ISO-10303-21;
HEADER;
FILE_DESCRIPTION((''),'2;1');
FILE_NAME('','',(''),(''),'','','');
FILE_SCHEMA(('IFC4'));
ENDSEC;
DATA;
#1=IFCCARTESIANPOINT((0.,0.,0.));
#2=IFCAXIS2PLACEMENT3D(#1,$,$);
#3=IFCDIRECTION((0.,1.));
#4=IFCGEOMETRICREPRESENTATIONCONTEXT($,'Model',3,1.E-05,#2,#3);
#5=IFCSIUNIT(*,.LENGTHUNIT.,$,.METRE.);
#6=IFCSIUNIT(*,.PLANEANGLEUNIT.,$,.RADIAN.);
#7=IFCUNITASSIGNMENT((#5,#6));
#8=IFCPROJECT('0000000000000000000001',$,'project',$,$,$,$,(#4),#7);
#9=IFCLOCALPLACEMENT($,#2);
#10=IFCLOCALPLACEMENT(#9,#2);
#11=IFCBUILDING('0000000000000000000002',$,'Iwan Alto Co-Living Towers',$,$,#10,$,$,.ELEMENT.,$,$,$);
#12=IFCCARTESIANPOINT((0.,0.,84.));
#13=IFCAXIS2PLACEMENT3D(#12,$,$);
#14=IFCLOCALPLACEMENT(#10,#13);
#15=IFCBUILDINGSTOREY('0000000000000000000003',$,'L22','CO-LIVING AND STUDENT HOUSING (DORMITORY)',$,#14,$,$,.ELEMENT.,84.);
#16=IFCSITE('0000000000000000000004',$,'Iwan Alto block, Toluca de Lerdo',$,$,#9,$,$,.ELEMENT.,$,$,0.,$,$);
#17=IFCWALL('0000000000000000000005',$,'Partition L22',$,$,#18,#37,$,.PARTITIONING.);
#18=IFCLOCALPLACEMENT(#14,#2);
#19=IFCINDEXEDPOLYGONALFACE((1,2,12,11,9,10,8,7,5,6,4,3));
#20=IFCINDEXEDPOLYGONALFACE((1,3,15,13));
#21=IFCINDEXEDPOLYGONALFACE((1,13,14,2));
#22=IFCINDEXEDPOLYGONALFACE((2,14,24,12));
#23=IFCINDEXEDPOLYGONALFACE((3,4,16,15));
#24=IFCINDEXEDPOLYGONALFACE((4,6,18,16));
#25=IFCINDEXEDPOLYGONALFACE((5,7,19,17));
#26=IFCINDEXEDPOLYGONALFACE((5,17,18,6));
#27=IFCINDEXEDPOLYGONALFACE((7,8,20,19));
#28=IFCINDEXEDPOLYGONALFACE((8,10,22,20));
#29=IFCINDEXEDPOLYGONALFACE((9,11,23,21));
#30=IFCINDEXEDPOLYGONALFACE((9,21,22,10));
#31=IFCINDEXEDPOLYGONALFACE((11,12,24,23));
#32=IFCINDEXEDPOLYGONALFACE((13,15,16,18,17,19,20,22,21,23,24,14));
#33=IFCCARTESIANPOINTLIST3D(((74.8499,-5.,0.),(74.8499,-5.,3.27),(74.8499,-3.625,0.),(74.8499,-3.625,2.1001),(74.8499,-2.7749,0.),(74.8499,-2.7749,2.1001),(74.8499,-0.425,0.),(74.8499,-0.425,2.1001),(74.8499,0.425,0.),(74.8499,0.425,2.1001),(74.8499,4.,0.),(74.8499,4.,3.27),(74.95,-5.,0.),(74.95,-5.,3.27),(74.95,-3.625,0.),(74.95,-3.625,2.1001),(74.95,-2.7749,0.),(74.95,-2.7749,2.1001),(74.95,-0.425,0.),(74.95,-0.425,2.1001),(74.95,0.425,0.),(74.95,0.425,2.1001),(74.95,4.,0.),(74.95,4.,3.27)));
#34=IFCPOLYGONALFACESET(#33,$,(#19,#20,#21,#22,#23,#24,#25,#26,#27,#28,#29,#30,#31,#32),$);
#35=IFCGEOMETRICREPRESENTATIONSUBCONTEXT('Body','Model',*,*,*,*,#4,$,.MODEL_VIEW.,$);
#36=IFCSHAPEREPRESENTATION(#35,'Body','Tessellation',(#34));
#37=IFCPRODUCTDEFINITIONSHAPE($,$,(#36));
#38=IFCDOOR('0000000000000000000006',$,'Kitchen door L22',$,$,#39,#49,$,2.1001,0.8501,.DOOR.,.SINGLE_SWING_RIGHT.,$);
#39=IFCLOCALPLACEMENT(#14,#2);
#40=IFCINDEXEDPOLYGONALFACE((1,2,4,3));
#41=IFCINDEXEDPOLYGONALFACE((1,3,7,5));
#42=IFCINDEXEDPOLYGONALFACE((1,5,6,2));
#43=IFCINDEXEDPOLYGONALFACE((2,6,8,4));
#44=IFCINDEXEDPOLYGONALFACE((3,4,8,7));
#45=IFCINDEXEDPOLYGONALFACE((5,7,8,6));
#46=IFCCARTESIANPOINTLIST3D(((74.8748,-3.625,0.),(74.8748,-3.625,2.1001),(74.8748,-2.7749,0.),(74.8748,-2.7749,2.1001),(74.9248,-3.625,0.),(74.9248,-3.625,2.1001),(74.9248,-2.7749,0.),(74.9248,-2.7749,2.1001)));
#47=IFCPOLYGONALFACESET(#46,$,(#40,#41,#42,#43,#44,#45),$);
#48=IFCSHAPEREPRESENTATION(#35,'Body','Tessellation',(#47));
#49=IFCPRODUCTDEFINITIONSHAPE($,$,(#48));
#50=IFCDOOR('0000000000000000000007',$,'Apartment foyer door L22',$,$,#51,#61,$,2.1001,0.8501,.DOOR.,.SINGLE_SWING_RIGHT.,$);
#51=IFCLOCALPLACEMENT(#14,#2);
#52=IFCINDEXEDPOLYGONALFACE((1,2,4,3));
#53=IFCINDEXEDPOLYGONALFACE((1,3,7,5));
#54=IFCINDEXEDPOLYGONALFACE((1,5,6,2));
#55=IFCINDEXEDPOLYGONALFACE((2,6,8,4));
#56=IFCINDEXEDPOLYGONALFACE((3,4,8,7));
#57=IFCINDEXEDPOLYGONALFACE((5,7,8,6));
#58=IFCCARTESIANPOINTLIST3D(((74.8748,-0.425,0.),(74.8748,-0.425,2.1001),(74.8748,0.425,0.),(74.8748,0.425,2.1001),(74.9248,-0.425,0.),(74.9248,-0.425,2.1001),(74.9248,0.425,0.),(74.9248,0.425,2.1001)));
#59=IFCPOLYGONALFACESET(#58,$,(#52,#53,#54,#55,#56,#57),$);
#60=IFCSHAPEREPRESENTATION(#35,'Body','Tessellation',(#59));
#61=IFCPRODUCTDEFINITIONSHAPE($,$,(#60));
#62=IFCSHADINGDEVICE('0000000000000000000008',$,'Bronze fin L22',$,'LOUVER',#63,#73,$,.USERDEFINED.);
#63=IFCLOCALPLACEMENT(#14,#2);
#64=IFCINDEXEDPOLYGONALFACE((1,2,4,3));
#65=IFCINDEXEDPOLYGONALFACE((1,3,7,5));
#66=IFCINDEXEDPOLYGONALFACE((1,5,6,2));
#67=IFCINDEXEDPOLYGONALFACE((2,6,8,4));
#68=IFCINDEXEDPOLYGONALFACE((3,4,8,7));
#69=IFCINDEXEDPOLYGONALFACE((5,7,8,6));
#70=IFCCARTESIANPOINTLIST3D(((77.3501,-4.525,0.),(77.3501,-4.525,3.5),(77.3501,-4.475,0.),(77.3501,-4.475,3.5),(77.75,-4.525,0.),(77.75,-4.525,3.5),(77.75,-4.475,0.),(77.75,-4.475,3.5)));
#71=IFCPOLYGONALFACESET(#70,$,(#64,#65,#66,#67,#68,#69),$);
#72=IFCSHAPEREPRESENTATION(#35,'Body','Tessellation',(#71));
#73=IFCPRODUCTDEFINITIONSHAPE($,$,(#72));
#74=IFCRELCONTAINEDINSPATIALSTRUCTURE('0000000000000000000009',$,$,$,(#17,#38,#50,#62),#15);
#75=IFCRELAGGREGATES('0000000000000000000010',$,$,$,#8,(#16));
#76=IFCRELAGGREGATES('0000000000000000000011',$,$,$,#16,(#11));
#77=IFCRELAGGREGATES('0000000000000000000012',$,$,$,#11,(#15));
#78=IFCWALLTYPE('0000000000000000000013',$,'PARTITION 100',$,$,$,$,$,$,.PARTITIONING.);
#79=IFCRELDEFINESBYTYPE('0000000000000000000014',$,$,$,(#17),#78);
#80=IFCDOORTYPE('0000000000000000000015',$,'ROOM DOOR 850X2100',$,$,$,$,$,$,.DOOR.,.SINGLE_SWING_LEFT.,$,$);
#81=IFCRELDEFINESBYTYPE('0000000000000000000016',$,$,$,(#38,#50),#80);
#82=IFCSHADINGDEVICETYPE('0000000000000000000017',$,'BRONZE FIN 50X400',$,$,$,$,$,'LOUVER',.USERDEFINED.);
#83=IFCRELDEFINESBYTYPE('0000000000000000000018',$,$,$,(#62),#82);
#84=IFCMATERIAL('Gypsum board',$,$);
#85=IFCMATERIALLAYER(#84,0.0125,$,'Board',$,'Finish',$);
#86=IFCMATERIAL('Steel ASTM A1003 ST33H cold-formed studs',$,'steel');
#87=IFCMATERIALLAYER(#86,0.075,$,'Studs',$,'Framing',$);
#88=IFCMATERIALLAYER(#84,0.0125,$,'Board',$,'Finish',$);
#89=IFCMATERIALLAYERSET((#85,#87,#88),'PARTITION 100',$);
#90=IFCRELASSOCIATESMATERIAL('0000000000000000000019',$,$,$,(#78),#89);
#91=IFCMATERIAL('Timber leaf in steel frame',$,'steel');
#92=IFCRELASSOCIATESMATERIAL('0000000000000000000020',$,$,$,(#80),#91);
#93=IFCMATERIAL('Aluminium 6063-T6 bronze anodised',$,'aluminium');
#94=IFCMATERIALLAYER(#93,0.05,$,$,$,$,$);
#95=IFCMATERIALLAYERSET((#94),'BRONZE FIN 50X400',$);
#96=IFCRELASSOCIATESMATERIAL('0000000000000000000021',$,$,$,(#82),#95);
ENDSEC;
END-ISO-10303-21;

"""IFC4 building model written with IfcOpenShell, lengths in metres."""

from ifc_helpers import new_model, si_unit, direction, frame, frame_2d, origin, origin_2d, place, context, subcontext, project, spatial, rectangle, extrude, material, layer, layer_set, type_object, element, fill, save


model = new_model("IFC4")

# Units and contexts
model_context = context("Model", 3, precision=1e-05, world=origin(), true_north=direction((0.0, 1.0)))
body_context = subcontext(model_context, "Body", "Model", "MODEL_VIEW")
ifc_project = project(units=[si_unit("LENGTHUNIT", "METRE"), si_unit("PLANEANGLEUNIT", "RADIAN")], contexts=[model_context])

# Site, building, storey
site_placement = place(None, origin())
site = spatial("IfcSite", under=ifc_project, at=site_placement, Name="Iwan Alto block, Toluca de Lerdo", CompositionType="ELEMENT", RefElevation=0.0)
building_placement = place(site_placement, origin())
building = spatial("IfcBuilding", under=site, at=building_placement, Name="Iwan Alto Co-Living Towers", CompositionType="ELEMENT")
storey_placement = place(building_placement, frame((0.0, 0.0, 84.0)))
storey = spatial("IfcBuildingStorey", under=building, at=storey_placement, Name="L22", Description="CO-LIVING AND STUDENT HOUSING (DORMITORY)", CompositionType="ELEMENT", Elevation=84.0)

# Shared definitions
ifc_material_1 = material(Name="Gypsum board")
ifc_material_2 = material(Name="Steel ASTM A1003 ST33H cold-formed studs", Category="steel")
ifc_layer_1 = layer(ifc_material_1, 0.0125, Name="Board", Category="Finish")
ifc_layer_2 = layer(ifc_material_2, 0.075, Name="Studs", Category="Framing")
ifc_layer_3 = layer(ifc_material_1, 0.0125, Name="Board", Category="Finish")
ifc_layer_set_1 = layer_set([ifc_layer_1, ifc_layer_2, ifc_layer_3], Name="PARTITION 100")
wall_type_1 = type_object("IfcWallType", Name="PARTITION 100", PredefinedType="PARTITIONING", material=ifc_layer_set_1)
ifc_material_3 = material(Name="Timber leaf in steel frame", Category="steel")
door_type_1 = type_object("IfcDoorType", Name="ROOM DOOR 850X2100", OperationType="SINGLE_SWING_LEFT", PredefinedType="DOOR", material=ifc_material_3)

# Wall, openings, doors
wall_1_placement = place(storey_placement, frame((74.8999, -5.0, 0.0), z_axis=(0.0, 0.0, 1.0), x_axis=(0.0, 1.0, 0.0)))
wall_1 = element("IfcWall", 1, at=wall_1_placement, inside=storey, type_object=wall_type_1, Name="Partition L22", PredefinedType="PARTITIONING", context=body_context, shape_type="SweptSolid", body=[
    extrude(rectangle(XDim=9.0, YDim=0.1001, at=frame_2d((4.5, 0.0))), origin(), (0.0, 0.0, 1.0), 3.27),
])
opening_1_placement = place(wall_1_placement, frame((1.375, 0.0, 0.0)))
opening_1 = element("IfcOpeningElement", 2, at=opening_1_placement, cuts=wall_1, PredefinedType="OPENING", context=body_context, shape_type="SweptSolid", body=[
    extrude(rectangle(XDim=0.8501, YDim=2.1001, at=frame_2d((0.425, 1.05))), frame((0.0, 0.0601, 0.0), z_axis=(0.0, -1.0, 0.0), x_axis=(1.0, 0.0, 0.0)), (0.0, 0.0, 1.0), 0.1201),
])
opening_2_placement = place(wall_1_placement, frame((4.575, 0.0, 0.0)))
opening_2 = element("IfcOpeningElement", 3, at=opening_2_placement, cuts=wall_1, PredefinedType="OPENING", context=body_context, shape_type="SweptSolid", body=[
    extrude(rectangle(XDim=0.8501, YDim=2.1001, at=frame_2d((0.425, 1.05))), frame((0.0, 0.0601, 0.0), z_axis=(0.0, -1.0, 0.0), x_axis=(1.0, 0.0, 0.0)), (0.0, 0.0, 1.0), 0.1201),
])
door_1_placement = place(opening_1_placement, frame((0.8501, 0.0, 0.0), z_axis=(0.0, 0.0, 1.0), x_axis=(-1.0, 0.0, 0.0)))
door_1 = element("IfcDoor", 4, at=door_1_placement, inside=storey, type_object=door_type_1, Name="Kitchen door L22", OperationType="SINGLE_SWING_RIGHT", OverallHeight=2.1001, OverallWidth=0.8501, PredefinedType="DOOR", context=body_context, shape_type="SweptSolid", body=[
    extrude(rectangle(XDim=0.8501, YDim=2.1001, at=frame_2d((0.425, 1.05))), frame((0.0, 0.0249, 0.0), z_axis=(0.0, -1.0, 0.0), x_axis=(1.0, 0.0, 0.0)), (0.0, 0.0, 1.0), 0.05),
])
fill(opening_1, door_1)
door_2_placement = place(opening_2_placement, frame((0.8501, 0.0, 0.0), z_axis=(0.0, 0.0, 1.0), x_axis=(-1.0, 0.0, 0.0)))
door_2 = element("IfcDoor", 5, at=door_2_placement, inside=storey, type_object=door_type_1, Name="Apartment foyer door L22", OperationType="SINGLE_SWING_RIGHT", OverallHeight=2.1001, OverallWidth=0.8501, PredefinedType="DOOR", context=body_context, shape_type="SweptSolid", body=[
    extrude(rectangle(XDim=0.8501, YDim=2.1001, at=frame_2d((0.425, 1.05))), frame((0.0, 0.0249, 0.0), z_axis=(0.0, -1.0, 0.0), x_axis=(1.0, 0.0, 0.0)), (0.0, 0.0, 1.0), 0.05),
])
fill(opening_2, door_2)

# Shading device
ifc_material_4 = material(Name="Aluminium 6063-T6 bronze anodised", Category="aluminium")
ifc_layer_4 = layer(ifc_material_4, 0.05)
ifc_layer_set_2 = layer_set([ifc_layer_4], Name="BRONZE FIN 50X400")
shading_device_type = type_object("IfcShadingDeviceType", Name="BRONZE FIN 50X400", ElementType="LOUVER", PredefinedType="USERDEFINED", material=ifc_layer_set_2)
shading_device_placement = place(storey_placement, frame((77.55, -4.5, 0.0), z_axis=(0.0, 0.0, 1.0), x_axis=(0.0, 1.0, 0.0)))
element("IfcShadingDevice", 6, at=shading_device_placement, inside=storey, type_object=shading_device_type, Name="Bronze fin L22", ObjectType="LOUVER", PredefinedType="USERDEFINED", context=body_context, shape_type="SweptSolid", body=[
    extrude(rectangle(XDim=0.05, YDim=0.3999, at=origin_2d()), origin(), (0.0, 0.0, 1.0), 3.5),
])

save(model, "model.ifc")
